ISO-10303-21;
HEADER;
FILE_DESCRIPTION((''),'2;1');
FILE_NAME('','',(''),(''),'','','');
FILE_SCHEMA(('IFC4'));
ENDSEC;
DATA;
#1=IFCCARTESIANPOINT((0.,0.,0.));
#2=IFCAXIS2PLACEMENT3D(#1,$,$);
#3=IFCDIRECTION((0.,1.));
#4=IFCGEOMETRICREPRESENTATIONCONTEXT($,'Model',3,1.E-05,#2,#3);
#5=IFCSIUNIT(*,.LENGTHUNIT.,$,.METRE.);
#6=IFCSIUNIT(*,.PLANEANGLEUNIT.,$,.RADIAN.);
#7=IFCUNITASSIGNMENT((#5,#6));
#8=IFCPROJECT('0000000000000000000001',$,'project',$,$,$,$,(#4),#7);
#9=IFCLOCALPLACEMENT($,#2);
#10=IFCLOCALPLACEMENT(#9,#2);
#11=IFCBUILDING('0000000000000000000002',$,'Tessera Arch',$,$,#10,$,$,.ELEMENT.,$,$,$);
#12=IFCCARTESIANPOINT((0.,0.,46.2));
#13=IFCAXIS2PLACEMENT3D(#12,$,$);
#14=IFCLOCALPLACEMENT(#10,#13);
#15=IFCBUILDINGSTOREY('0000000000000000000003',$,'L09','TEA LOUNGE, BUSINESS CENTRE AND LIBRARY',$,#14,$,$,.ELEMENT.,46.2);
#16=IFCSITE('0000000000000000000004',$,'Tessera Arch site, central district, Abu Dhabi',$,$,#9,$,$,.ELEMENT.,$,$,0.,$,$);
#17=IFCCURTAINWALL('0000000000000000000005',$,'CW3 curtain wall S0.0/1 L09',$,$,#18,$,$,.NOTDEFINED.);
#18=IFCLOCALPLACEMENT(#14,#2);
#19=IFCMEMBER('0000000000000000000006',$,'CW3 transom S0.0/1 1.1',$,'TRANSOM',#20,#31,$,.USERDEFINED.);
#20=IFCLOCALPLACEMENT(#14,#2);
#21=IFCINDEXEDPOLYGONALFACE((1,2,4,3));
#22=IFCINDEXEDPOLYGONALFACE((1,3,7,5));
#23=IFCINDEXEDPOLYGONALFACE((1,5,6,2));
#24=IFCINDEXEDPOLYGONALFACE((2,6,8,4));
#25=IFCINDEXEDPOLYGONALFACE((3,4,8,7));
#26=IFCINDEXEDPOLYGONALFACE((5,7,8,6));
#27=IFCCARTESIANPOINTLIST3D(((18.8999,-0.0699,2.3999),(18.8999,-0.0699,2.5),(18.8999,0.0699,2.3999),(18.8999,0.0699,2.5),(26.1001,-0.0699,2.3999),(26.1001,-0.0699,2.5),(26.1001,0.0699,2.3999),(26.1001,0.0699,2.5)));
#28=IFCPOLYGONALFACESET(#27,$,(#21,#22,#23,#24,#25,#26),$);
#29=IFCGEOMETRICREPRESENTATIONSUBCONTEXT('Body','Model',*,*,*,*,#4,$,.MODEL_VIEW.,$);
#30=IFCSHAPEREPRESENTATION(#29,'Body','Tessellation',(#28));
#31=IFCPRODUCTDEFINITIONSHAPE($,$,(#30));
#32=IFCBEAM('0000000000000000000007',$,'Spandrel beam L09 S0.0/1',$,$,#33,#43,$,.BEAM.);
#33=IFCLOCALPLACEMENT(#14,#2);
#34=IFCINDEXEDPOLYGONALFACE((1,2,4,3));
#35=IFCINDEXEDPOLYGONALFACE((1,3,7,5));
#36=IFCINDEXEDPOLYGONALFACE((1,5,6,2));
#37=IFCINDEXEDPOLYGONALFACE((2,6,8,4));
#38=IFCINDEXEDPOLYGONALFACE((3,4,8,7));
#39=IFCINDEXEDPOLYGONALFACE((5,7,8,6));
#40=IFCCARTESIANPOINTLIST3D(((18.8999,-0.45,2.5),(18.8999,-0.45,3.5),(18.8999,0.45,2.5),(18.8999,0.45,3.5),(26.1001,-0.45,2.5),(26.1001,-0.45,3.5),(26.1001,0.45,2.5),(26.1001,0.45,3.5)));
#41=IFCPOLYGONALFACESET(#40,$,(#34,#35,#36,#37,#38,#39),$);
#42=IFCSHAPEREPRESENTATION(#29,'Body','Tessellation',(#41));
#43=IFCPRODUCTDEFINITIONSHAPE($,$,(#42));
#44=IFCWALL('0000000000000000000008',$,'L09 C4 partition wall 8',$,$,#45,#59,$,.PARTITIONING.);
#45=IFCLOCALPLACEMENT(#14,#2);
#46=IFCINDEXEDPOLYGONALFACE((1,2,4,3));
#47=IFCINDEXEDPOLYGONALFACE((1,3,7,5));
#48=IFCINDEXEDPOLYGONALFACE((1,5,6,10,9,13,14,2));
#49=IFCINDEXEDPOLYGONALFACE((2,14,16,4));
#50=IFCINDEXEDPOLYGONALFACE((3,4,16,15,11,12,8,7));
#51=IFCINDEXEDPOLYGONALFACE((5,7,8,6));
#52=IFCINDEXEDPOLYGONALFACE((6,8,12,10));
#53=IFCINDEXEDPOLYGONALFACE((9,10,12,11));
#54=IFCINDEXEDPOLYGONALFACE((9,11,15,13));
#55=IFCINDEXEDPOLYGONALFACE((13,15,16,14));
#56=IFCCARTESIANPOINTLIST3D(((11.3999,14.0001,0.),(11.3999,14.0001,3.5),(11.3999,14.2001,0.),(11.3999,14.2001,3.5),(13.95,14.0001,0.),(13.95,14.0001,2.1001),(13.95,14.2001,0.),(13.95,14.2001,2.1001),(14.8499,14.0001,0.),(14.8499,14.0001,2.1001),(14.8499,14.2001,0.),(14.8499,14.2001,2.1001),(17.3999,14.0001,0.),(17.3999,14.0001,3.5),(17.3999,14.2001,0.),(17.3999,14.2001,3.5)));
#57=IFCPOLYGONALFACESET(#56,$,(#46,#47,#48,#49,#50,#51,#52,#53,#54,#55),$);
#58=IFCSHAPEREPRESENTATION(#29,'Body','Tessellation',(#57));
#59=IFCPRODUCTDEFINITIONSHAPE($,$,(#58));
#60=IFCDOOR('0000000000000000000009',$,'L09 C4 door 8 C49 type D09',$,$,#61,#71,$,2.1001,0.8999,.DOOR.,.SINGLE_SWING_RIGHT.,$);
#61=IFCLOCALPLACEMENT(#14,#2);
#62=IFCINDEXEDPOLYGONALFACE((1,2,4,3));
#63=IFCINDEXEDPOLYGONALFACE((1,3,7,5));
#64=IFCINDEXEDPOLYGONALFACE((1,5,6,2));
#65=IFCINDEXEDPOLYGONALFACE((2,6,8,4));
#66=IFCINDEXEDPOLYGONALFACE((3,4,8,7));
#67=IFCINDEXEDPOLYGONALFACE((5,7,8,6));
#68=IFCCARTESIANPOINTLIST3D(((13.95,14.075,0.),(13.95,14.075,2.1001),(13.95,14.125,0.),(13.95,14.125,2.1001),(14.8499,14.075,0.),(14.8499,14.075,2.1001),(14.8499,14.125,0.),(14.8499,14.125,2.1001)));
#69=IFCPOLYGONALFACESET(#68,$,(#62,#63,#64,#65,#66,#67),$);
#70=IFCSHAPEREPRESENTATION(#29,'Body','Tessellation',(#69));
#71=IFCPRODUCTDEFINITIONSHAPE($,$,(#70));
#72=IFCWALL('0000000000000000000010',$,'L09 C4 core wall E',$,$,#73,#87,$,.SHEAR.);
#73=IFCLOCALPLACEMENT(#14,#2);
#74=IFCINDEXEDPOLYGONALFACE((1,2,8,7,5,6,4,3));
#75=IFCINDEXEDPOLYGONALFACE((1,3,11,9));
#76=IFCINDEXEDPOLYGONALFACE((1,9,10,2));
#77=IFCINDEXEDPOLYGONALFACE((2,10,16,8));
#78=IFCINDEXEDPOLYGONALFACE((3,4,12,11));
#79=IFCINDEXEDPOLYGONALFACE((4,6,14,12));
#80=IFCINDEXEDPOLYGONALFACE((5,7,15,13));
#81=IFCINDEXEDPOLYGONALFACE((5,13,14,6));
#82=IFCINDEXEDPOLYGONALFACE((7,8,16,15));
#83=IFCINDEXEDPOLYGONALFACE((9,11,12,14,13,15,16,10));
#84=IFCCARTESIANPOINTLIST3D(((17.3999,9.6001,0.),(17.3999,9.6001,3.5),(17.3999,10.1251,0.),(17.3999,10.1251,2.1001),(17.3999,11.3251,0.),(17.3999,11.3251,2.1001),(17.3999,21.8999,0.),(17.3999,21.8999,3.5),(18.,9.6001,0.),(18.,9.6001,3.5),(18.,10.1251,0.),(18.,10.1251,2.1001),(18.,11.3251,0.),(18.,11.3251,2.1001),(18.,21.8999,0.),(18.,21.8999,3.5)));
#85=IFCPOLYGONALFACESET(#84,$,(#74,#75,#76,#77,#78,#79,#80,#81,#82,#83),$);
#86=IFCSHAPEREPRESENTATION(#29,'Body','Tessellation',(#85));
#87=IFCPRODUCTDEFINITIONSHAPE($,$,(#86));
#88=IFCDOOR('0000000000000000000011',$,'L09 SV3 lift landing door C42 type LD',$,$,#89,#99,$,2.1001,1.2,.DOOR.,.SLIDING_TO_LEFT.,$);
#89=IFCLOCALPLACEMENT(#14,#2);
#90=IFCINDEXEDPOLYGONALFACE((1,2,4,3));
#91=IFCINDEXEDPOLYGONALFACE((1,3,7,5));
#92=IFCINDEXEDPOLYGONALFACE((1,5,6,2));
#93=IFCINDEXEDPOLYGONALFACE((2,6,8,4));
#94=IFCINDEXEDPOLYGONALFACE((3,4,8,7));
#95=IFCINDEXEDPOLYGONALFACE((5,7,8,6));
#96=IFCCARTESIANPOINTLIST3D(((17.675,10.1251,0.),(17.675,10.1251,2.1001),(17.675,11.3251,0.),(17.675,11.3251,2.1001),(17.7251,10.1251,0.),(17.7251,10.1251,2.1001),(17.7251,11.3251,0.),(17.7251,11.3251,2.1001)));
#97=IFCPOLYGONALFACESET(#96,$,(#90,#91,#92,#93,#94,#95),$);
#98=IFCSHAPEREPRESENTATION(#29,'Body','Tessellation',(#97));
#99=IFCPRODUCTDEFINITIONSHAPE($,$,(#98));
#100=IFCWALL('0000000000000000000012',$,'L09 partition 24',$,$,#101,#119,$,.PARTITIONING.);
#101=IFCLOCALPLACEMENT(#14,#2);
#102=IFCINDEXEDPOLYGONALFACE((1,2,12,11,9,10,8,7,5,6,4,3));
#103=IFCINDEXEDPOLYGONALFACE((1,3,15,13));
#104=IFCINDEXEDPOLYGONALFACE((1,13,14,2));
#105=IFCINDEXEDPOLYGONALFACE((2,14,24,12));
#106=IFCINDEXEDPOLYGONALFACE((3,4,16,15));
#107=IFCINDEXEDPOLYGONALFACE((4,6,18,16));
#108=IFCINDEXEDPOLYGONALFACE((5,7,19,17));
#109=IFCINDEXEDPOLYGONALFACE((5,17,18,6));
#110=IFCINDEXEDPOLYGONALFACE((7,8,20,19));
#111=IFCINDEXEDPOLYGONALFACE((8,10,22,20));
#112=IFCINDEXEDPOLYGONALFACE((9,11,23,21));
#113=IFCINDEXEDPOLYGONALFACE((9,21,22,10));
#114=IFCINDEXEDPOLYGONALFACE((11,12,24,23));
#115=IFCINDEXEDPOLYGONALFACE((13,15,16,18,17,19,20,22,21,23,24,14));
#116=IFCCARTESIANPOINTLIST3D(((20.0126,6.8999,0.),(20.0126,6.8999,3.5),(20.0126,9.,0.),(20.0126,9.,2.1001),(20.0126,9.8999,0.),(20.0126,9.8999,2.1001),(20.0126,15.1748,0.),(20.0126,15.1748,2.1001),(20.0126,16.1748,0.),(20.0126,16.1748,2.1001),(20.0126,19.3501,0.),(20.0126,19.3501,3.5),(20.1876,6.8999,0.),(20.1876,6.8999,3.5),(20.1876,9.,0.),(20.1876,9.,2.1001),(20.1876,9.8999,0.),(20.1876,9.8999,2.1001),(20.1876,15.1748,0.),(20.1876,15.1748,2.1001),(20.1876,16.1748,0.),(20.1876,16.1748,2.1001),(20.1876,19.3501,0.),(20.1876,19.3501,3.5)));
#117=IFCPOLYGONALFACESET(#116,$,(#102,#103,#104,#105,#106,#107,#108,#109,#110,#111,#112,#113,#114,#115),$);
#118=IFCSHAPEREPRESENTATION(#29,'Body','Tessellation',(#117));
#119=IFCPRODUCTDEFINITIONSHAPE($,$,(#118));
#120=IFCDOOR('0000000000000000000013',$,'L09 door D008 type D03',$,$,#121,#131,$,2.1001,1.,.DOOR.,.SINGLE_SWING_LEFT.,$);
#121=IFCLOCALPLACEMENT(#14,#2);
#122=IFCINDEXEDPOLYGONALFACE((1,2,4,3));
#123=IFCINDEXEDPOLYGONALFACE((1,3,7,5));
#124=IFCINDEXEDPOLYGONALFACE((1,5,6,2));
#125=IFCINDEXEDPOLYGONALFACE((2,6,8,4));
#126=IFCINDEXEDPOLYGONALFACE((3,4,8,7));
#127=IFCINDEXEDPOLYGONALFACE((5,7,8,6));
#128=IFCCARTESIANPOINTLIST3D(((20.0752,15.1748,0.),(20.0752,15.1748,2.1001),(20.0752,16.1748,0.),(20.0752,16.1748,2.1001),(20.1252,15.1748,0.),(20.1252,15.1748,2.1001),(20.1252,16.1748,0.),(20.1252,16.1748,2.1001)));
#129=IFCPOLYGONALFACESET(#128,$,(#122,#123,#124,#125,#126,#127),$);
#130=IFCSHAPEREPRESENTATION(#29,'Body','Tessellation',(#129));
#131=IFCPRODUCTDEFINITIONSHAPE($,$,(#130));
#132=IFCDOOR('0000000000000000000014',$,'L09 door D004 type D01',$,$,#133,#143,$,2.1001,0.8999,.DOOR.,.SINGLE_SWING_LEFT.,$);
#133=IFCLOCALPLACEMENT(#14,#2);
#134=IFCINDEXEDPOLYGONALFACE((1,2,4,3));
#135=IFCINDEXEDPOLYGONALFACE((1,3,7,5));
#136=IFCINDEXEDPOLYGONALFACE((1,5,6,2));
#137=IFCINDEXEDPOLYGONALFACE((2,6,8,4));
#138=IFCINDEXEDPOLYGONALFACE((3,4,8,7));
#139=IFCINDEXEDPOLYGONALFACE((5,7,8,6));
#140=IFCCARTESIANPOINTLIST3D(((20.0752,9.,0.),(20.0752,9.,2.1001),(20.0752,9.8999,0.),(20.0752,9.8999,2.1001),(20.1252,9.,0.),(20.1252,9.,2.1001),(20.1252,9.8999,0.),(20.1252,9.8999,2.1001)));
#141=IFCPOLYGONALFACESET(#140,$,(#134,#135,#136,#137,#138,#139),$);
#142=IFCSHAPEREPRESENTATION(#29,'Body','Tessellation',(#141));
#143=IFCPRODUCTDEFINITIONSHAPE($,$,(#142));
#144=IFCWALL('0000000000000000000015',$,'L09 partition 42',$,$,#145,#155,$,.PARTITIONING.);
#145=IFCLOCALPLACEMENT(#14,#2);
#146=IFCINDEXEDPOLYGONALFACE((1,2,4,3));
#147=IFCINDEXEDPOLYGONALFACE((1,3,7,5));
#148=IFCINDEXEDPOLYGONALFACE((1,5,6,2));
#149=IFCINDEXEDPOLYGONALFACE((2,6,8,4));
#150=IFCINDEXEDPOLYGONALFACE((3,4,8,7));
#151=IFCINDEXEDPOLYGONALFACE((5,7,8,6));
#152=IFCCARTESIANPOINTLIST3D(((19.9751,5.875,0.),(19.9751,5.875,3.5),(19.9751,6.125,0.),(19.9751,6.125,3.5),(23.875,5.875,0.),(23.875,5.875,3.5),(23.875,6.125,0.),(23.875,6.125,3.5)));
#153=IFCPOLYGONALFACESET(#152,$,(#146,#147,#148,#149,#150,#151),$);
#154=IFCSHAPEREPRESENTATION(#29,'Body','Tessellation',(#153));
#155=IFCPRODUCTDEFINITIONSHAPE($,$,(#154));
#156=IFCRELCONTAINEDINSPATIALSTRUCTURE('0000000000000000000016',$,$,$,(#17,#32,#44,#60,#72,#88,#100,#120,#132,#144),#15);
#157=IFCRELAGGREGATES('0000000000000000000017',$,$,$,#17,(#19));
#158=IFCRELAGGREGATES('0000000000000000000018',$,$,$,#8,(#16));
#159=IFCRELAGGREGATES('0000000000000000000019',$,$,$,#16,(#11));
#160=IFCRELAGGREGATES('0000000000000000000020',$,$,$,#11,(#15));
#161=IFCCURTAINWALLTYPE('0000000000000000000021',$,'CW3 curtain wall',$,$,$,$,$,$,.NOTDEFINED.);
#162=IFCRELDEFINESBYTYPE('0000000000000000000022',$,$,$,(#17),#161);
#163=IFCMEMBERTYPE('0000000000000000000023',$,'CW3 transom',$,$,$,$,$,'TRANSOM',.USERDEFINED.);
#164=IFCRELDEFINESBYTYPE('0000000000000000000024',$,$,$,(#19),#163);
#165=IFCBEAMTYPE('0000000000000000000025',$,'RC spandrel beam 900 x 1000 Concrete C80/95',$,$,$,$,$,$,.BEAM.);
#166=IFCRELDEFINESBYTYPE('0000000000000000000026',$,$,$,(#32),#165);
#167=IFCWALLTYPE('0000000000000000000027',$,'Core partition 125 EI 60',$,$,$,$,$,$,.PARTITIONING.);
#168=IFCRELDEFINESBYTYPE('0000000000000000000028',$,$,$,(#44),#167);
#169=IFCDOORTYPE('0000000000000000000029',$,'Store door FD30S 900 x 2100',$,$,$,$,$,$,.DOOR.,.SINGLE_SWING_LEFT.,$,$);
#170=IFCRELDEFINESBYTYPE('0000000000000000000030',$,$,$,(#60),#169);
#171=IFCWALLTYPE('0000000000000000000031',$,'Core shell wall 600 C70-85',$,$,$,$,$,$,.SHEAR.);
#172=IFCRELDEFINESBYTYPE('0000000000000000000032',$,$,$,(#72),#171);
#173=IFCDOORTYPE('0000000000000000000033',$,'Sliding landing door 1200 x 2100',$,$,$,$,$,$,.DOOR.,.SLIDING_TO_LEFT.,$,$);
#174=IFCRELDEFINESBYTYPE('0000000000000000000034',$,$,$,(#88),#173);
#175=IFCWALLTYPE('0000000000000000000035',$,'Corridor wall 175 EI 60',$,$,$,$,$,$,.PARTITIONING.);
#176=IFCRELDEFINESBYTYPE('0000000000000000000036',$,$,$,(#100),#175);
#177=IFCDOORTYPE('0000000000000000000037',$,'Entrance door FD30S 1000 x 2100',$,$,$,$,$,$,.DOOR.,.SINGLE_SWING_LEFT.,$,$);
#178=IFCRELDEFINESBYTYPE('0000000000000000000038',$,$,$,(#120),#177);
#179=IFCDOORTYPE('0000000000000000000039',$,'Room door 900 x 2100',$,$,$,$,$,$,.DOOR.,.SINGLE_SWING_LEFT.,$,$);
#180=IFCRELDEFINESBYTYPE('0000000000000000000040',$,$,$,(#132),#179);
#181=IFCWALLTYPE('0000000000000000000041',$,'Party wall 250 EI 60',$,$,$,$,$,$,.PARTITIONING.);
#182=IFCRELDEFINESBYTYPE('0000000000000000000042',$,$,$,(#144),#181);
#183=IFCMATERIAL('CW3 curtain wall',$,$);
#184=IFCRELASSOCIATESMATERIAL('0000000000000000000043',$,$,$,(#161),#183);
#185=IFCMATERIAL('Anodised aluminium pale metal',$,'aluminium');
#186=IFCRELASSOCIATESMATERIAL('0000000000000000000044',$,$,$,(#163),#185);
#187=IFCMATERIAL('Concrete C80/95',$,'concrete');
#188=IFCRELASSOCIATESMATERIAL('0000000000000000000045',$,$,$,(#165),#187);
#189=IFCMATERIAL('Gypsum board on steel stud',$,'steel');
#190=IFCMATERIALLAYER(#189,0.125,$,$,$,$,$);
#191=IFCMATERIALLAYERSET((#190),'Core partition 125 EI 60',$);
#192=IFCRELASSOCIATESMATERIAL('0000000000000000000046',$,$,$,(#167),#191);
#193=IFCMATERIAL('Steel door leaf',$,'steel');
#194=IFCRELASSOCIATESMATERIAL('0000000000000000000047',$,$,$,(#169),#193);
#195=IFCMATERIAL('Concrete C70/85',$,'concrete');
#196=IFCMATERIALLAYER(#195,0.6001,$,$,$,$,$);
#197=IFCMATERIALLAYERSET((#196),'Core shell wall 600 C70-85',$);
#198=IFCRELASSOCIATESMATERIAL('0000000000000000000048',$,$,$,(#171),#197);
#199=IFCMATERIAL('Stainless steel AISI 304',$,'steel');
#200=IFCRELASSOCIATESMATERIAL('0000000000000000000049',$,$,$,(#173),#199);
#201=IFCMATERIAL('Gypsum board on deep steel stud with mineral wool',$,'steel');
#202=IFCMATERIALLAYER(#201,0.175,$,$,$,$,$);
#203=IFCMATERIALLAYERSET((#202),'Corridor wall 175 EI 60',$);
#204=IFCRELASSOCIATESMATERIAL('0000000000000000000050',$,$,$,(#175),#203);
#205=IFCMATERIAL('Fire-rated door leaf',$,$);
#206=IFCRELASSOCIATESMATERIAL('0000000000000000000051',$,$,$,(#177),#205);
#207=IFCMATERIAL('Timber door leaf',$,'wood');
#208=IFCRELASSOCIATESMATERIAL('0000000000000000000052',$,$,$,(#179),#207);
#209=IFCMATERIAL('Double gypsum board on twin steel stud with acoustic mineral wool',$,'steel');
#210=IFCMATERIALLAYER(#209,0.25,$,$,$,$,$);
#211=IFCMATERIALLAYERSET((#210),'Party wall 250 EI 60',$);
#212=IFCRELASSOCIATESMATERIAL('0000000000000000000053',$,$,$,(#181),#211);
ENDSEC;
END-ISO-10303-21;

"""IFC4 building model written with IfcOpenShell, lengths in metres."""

from ifc_helpers import new_model, si_unit, direction, frame, frame_2d, origin, origin_2d, place, context, subcontext, project, spatial, rectangle, extrude, material, layer, layer_set, material_profile, profile_set, type_object, element, fill, aggregate, save


model = new_model("IFC4")

# Units and contexts
model_context = context("Model", 3, precision=1e-05, world=origin(), true_north=direction((0.0, 1.0)))
body_context = subcontext(model_context, "Body", "Model", "MODEL_VIEW")
ifc_project = project(units=[si_unit("LENGTHUNIT", "METRE"), si_unit("PLANEANGLEUNIT", "RADIAN")], contexts=[model_context])

# Site, building, storey
site_placement = place(None, origin())
site = spatial("IfcSite", under=ifc_project, at=site_placement, Name="Tessera Arch site, central district, Abu Dhabi", CompositionType="ELEMENT", RefElevation=0.0)
building_placement = place(site_placement, origin())
building = spatial("IfcBuilding", under=site, at=building_placement, Name="Tessera Arch", CompositionType="ELEMENT")
storey_placement = place(building_placement, frame((0.0, 0.0, 46.2)))
storey = spatial("IfcBuildingStorey", under=building, at=storey_placement, Name="L09", Description="TEA LOUNGE, BUSINESS CENTRE AND LIBRARY", CompositionType="ELEMENT", Elevation=46.2)

# Curtain wall, member
ifc_material_1 = material(Name="CW3 curtain wall")
curtain_wall_type = type_object("IfcCurtainWallType", Name="CW3 curtain wall", PredefinedType="NOTDEFINED", material=ifc_material_1)
curtain_wall_placement = place(storey_placement, origin())
curtain_wall = element("IfcCurtainWall", 1, at=curtain_wall_placement, inside=storey, type_object=curtain_wall_type, Name="CW3 curtain wall S0.0/1 L09", PredefinedType="NOTDEFINED")
ifc_material_2 = material(Name="Anodised aluminium pale metal", Category="aluminium")
ifc_material_profile_1 = material_profile(ifc_material_2, rectangle(XDim=0.1399, YDim=0.1001, at=origin_2d()), Name="AL 140x100")
ifc_profile_set_1 = profile_set([ifc_material_profile_1], Name="Anodised aluminium pale metal")
member_type = type_object("IfcMemberType", Name="CW3 transom", ElementType="TRANSOM", PredefinedType="USERDEFINED", material=ifc_profile_set_1)
member_placement = place(storey_placement, frame((18.8999, 0.0, 2.45), z_axis=(1.0, 0.0, 0.0), x_axis=(0.0, 1.0, 0.0)))
member = element("IfcMember", 2, at=member_placement, type_object=member_type, Name="CW3 transom S0.0/1 1.1", ObjectType="TRANSOM", PredefinedType="USERDEFINED", context=body_context, shape_type="SweptSolid", body=[
    extrude(rectangle(XDim=0.1399, YDim=0.1001, at=origin_2d()), origin(), (0.0, 0.0, 1.0), 7.2002),
])
aggregate(curtain_wall, [member])

# Beam
ifc_material_3 = material(Name="Concrete C80/95", Category="concrete")
ifc_material_profile_2 = material_profile(ifc_material_3, rectangle(XDim=0.8999, YDim=1.0, at=origin_2d()), Name="RC spandrel beam 900 x 1000 Concrete C80/95")
ifc_profile_set_2 = profile_set([ifc_material_profile_2], Name="Concrete C80/95")
beam_type = type_object("IfcBeamType", Name="RC spandrel beam 900 x 1000 Concrete C80/95", PredefinedType="BEAM", material=ifc_profile_set_2)
beam_placement = place(storey_placement, frame((18.8999, 0.0, 3.0), z_axis=(1.0, 0.0, 0.0), x_axis=(0.0, 1.0, 0.0)))
element("IfcBeam", 3, at=beam_placement, inside=storey, type_object=beam_type, Name="Spandrel beam L09 S0.0/1", PredefinedType="BEAM", context=body_context, shape_type="SweptSolid", body=[
    extrude(rectangle(XDim=0.8999, YDim=1.0, at=origin_2d()), origin(), (0.0, 0.0, 1.0), 7.2002),
])

# Walls, openings, doors
ifc_material_4 = material(Name="Gypsum board on steel stud", Category="steel")
ifc_layer_1 = layer(ifc_material_4, 0.125)
ifc_layer_set_1 = layer_set([ifc_layer_1], Name="Core partition 125 EI 60")
wall_type_1 = type_object("IfcWallType", Name="Core partition 125 EI 60", PredefinedType="PARTITIONING", material=ifc_layer_set_1)
wall_1_placement = place(storey_placement, frame((11.3999, 14.1001, 0.0), z_axis=(0.0, 0.0, 1.0), x_axis=(1.0, 0.0, 0.0)))
wall_1 = element("IfcWall", 4, at=wall_1_placement, inside=storey, type_object=wall_type_1, Name="L09 C4 partition wall 8", PredefinedType="PARTITIONING", context=body_context, shape_type="SweptSolid", body=[
    extrude(rectangle(XDim=6.0, YDim=0.2, at=frame_2d((3.0, 0.0))), origin(), (0.0, 0.0, 1.0), 3.5),
])
opening_1_placement = place(wall_1_placement, frame((2.55, 0.0, 0.0)))
opening_1 = element("IfcOpeningElement", 5, at=opening_1_placement, cuts=wall_1, PredefinedType="OPENING", context=body_context, shape_type="SweptSolid", body=[
    extrude(rectangle(XDim=0.8999, YDim=2.1001, at=frame_2d((0.45, 1.05))), frame((0.0, 0.1099, 0.0), z_axis=(0.0, -1.0, 0.0), x_axis=(1.0, 0.0, 0.0)), (0.0, 0.0, 1.0), 0.22),
])
ifc_material_5 = material(Name="Steel door leaf", Category="steel")
door_type_1 = type_object("IfcDoorType", Name="Store door FD30S 900 x 2100", OperationType="SINGLE_SWING_LEFT", PredefinedType="DOOR", material=ifc_material_5)
door_1_placement = place(opening_1_placement, origin())
door_1 = element("IfcDoor", 6, at=door_1_placement, inside=storey, type_object=door_type_1, Name="L09 C4 door 8 C49 type D09", OperationType="SINGLE_SWING_RIGHT", OverallHeight=2.1001, OverallWidth=0.8999, PredefinedType="DOOR", context=body_context, shape_type="SweptSolid", body=[
    extrude(rectangle(XDim=0.8999, YDim=2.1001, at=frame_2d((0.45, 1.05))), frame((0.0, 0.0249, 0.0), z_axis=(0.0, -1.0, 0.0), x_axis=(1.0, 0.0, 0.0)), (0.0, 0.0, 1.0), 0.05),
])
fill(opening_1, door_1)
ifc_material_6 = material(Name="Concrete C70/85", Category="concrete")
ifc_layer_2 = layer(ifc_material_6, 0.6001)
ifc_layer_set_2 = layer_set([ifc_layer_2], Name="Core shell wall 600 C70-85")
wall_type_2 = type_object("IfcWallType", Name="Core shell wall 600 C70-85", PredefinedType="SHEAR", material=ifc_layer_set_2)
wall_2_placement = place(storey_placement, frame((17.7, 9.6001, 0.0), z_axis=(0.0, 0.0, 1.0), x_axis=(0.0, 1.0, 0.0)))
wall_2 = element("IfcWall", 7, at=wall_2_placement, inside=storey, type_object=wall_type_2, Name="L09 C4 core wall E", PredefinedType="SHEAR", context=body_context, shape_type="SweptSolid", body=[
    extrude(rectangle(XDim=12.2998, YDim=0.6001, at=frame_2d((6.1499, 0.0))), origin(), (0.0, 0.0, 1.0), 3.5),
])
opening_2_placement = place(wall_2_placement, frame((0.5249, 0.0, 0.0)))
opening_2 = element("IfcOpeningElement", 8, at=opening_2_placement, cuts=wall_2, PredefinedType="OPENING", context=body_context, shape_type="SweptSolid", body=[
    extrude(rectangle(XDim=1.2, YDim=2.1001, at=frame_2d((0.6001, 1.05))), frame((0.0, 0.3101, 0.0), z_axis=(0.0, -1.0, 0.0), x_axis=(1.0, 0.0, 0.0)), (0.0, 0.0, 1.0), 0.6201),
])
ifc_material_7 = material(Name="Stainless steel AISI 304", Category="steel")
door_type_2 = type_object("IfcDoorType", Name="Sliding landing door 1200 x 2100", OperationType="SLIDING_TO_LEFT", PredefinedType="DOOR", material=ifc_material_7)
door_2_placement = place(opening_2_placement, origin())
door_2 = element("IfcDoor", 9, at=door_2_placement, inside=storey, type_object=door_type_2, Name="L09 SV3 lift landing door C42 type LD", OperationType="SLIDING_TO_LEFT", OverallHeight=2.1001, OverallWidth=1.2, PredefinedType="DOOR", context=body_context, shape_type="SweptSolid", body=[
    extrude(rectangle(XDim=1.2, YDim=2.1001, at=frame_2d((0.6001, 1.05))), frame((0.0, 0.0249, 0.0), z_axis=(0.0, -1.0, 0.0), x_axis=(1.0, 0.0, 0.0)), (0.0, 0.0, 1.0), 0.05),
])
fill(opening_2, door_2)

# Wall, openings, doors
ifc_material_8 = material(Name="Gypsum board on deep steel stud with mineral wool", Category="steel")
ifc_layer_3 = layer(ifc_material_8, 0.175)
ifc_layer_set_3 = layer_set([ifc_layer_3], Name="Corridor wall 175 EI 60")
wall_type_3 = type_object("IfcWallType", Name="Corridor wall 175 EI 60", PredefinedType="PARTITIONING", material=ifc_layer_set_3)
wall_3_placement = place(storey_placement, frame((20.1001, 6.8999, 0.0), z_axis=(0.0, 0.0, 1.0), x_axis=(0.0, 1.0, 0.0)))
wall_3 = element("IfcWall", 10, at=wall_3_placement, inside=storey, type_object=wall_type_3, Name="L09 partition 24", PredefinedType="PARTITIONING", context=body_context, shape_type="SweptSolid", body=[
    extrude(rectangle(XDim=12.4502, YDim=0.175, at=frame_2d((6.2251, 0.0))), origin(), (0.0, 0.0, 1.0), 3.5),
])
opening_3_placement = place(wall_3_placement, frame((2.1001, 0.0, 0.0)))
opening_3 = element("IfcOpeningElement", 11, at=opening_3_placement, cuts=wall_3, PredefinedType="OPENING", context=body_context, shape_type="SweptSolid", body=[
    extrude(rectangle(XDim=0.8999, YDim=2.1001, at=frame_2d((0.45, 1.05))), frame((0.0, 0.0974, 0.0), z_axis=(0.0, -1.0, 0.0), x_axis=(1.0, 0.0, 0.0)), (0.0, 0.0, 1.0), 0.1951),
])
opening_4_placement = place(wall_3_placement, frame((8.2749, 0.0, 0.0)))
opening_4 = element("IfcOpeningElement", 12, at=opening_4_placement, cuts=wall_3, PredefinedType="OPENING", context=body_context, shape_type="SweptSolid", body=[
    extrude(rectangle(XDim=1.0, YDim=2.1001, at=frame_2d((0.5, 1.05))), frame((0.0, 0.0974, 0.0), z_axis=(0.0, -1.0, 0.0), x_axis=(1.0, 0.0, 0.0)), (0.0, 0.0, 1.0), 0.1951),
])
ifc_material_9 = material(Name="Fire-rated door leaf")
door_type_3 = type_object("IfcDoorType", Name="Entrance door FD30S 1000 x 2100", OperationType="SINGLE_SWING_LEFT", PredefinedType="DOOR", material=ifc_material_9)
door_3_placement = place(opening_4_placement, origin())
door_3 = element("IfcDoor", 13, at=door_3_placement, inside=storey, type_object=door_type_3, Name="L09 door D008 type D03", OperationType="SINGLE_SWING_LEFT", OverallHeight=2.1001, OverallWidth=1.0, PredefinedType="DOOR", context=body_context, shape_type="SweptSolid", body=[
    extrude(rectangle(XDim=1.0, YDim=2.1001, at=frame_2d((0.5, 1.05))), frame((0.0, 0.0249, 0.0), z_axis=(0.0, -1.0, 0.0), x_axis=(1.0, 0.0, 0.0)), (0.0, 0.0, 1.0), 0.05),
])
fill(opening_4, door_3)
ifc_material_10 = material(Name="Timber door leaf", Category="wood")
door_type_4 = type_object("IfcDoorType", Name="Room door 900 x 2100", OperationType="SINGLE_SWING_LEFT", PredefinedType="DOOR", material=ifc_material_10)
door_4_placement = place(opening_3_placement, origin())
door_4 = element("IfcDoor", 14, at=door_4_placement, inside=storey, type_object=door_type_4, Name="L09 door D004 type D01", OperationType="SINGLE_SWING_LEFT", OverallHeight=2.1001, OverallWidth=0.8999, PredefinedType="DOOR", context=body_context, shape_type="SweptSolid", body=[
    extrude(rectangle(XDim=0.8999, YDim=2.1001, at=frame_2d((0.45, 1.05))), frame((0.0, 0.0249, 0.0), z_axis=(0.0, -1.0, 0.0), x_axis=(1.0, 0.0, 0.0)), (0.0, 0.0, 1.0), 0.05),
])
fill(opening_3, door_4)

# Wall
ifc_material_11 = material(Name="Double gypsum board on twin steel stud with acoustic mineral wool", Category="steel")
ifc_layer_4 = layer(ifc_material_11, 0.25)
ifc_layer_set_4 = layer_set([ifc_layer_4], Name="Party wall 250 EI 60")
wall_type_4 = type_object("IfcWallType", Name="Party wall 250 EI 60", PredefinedType="PARTITIONING", material=ifc_layer_set_4)
wall_4_placement = place(storey_placement, frame((19.9751, 6.0, 0.0), z_axis=(0.0, 0.0, 1.0), x_axis=(1.0, 0.0, 0.0)))
element("IfcWall", 15, at=wall_4_placement, inside=storey, type_object=wall_type_4, Name="L09 partition 42", PredefinedType="PARTITIONING", context=body_context, shape_type="SweptSolid", body=[
    extrude(rectangle(XDim=3.8999, YDim=0.25, at=frame_2d((1.95, 0.0))), origin(), (0.0, 0.0, 1.0), 3.5),
])

save(model, "model.ifc")
